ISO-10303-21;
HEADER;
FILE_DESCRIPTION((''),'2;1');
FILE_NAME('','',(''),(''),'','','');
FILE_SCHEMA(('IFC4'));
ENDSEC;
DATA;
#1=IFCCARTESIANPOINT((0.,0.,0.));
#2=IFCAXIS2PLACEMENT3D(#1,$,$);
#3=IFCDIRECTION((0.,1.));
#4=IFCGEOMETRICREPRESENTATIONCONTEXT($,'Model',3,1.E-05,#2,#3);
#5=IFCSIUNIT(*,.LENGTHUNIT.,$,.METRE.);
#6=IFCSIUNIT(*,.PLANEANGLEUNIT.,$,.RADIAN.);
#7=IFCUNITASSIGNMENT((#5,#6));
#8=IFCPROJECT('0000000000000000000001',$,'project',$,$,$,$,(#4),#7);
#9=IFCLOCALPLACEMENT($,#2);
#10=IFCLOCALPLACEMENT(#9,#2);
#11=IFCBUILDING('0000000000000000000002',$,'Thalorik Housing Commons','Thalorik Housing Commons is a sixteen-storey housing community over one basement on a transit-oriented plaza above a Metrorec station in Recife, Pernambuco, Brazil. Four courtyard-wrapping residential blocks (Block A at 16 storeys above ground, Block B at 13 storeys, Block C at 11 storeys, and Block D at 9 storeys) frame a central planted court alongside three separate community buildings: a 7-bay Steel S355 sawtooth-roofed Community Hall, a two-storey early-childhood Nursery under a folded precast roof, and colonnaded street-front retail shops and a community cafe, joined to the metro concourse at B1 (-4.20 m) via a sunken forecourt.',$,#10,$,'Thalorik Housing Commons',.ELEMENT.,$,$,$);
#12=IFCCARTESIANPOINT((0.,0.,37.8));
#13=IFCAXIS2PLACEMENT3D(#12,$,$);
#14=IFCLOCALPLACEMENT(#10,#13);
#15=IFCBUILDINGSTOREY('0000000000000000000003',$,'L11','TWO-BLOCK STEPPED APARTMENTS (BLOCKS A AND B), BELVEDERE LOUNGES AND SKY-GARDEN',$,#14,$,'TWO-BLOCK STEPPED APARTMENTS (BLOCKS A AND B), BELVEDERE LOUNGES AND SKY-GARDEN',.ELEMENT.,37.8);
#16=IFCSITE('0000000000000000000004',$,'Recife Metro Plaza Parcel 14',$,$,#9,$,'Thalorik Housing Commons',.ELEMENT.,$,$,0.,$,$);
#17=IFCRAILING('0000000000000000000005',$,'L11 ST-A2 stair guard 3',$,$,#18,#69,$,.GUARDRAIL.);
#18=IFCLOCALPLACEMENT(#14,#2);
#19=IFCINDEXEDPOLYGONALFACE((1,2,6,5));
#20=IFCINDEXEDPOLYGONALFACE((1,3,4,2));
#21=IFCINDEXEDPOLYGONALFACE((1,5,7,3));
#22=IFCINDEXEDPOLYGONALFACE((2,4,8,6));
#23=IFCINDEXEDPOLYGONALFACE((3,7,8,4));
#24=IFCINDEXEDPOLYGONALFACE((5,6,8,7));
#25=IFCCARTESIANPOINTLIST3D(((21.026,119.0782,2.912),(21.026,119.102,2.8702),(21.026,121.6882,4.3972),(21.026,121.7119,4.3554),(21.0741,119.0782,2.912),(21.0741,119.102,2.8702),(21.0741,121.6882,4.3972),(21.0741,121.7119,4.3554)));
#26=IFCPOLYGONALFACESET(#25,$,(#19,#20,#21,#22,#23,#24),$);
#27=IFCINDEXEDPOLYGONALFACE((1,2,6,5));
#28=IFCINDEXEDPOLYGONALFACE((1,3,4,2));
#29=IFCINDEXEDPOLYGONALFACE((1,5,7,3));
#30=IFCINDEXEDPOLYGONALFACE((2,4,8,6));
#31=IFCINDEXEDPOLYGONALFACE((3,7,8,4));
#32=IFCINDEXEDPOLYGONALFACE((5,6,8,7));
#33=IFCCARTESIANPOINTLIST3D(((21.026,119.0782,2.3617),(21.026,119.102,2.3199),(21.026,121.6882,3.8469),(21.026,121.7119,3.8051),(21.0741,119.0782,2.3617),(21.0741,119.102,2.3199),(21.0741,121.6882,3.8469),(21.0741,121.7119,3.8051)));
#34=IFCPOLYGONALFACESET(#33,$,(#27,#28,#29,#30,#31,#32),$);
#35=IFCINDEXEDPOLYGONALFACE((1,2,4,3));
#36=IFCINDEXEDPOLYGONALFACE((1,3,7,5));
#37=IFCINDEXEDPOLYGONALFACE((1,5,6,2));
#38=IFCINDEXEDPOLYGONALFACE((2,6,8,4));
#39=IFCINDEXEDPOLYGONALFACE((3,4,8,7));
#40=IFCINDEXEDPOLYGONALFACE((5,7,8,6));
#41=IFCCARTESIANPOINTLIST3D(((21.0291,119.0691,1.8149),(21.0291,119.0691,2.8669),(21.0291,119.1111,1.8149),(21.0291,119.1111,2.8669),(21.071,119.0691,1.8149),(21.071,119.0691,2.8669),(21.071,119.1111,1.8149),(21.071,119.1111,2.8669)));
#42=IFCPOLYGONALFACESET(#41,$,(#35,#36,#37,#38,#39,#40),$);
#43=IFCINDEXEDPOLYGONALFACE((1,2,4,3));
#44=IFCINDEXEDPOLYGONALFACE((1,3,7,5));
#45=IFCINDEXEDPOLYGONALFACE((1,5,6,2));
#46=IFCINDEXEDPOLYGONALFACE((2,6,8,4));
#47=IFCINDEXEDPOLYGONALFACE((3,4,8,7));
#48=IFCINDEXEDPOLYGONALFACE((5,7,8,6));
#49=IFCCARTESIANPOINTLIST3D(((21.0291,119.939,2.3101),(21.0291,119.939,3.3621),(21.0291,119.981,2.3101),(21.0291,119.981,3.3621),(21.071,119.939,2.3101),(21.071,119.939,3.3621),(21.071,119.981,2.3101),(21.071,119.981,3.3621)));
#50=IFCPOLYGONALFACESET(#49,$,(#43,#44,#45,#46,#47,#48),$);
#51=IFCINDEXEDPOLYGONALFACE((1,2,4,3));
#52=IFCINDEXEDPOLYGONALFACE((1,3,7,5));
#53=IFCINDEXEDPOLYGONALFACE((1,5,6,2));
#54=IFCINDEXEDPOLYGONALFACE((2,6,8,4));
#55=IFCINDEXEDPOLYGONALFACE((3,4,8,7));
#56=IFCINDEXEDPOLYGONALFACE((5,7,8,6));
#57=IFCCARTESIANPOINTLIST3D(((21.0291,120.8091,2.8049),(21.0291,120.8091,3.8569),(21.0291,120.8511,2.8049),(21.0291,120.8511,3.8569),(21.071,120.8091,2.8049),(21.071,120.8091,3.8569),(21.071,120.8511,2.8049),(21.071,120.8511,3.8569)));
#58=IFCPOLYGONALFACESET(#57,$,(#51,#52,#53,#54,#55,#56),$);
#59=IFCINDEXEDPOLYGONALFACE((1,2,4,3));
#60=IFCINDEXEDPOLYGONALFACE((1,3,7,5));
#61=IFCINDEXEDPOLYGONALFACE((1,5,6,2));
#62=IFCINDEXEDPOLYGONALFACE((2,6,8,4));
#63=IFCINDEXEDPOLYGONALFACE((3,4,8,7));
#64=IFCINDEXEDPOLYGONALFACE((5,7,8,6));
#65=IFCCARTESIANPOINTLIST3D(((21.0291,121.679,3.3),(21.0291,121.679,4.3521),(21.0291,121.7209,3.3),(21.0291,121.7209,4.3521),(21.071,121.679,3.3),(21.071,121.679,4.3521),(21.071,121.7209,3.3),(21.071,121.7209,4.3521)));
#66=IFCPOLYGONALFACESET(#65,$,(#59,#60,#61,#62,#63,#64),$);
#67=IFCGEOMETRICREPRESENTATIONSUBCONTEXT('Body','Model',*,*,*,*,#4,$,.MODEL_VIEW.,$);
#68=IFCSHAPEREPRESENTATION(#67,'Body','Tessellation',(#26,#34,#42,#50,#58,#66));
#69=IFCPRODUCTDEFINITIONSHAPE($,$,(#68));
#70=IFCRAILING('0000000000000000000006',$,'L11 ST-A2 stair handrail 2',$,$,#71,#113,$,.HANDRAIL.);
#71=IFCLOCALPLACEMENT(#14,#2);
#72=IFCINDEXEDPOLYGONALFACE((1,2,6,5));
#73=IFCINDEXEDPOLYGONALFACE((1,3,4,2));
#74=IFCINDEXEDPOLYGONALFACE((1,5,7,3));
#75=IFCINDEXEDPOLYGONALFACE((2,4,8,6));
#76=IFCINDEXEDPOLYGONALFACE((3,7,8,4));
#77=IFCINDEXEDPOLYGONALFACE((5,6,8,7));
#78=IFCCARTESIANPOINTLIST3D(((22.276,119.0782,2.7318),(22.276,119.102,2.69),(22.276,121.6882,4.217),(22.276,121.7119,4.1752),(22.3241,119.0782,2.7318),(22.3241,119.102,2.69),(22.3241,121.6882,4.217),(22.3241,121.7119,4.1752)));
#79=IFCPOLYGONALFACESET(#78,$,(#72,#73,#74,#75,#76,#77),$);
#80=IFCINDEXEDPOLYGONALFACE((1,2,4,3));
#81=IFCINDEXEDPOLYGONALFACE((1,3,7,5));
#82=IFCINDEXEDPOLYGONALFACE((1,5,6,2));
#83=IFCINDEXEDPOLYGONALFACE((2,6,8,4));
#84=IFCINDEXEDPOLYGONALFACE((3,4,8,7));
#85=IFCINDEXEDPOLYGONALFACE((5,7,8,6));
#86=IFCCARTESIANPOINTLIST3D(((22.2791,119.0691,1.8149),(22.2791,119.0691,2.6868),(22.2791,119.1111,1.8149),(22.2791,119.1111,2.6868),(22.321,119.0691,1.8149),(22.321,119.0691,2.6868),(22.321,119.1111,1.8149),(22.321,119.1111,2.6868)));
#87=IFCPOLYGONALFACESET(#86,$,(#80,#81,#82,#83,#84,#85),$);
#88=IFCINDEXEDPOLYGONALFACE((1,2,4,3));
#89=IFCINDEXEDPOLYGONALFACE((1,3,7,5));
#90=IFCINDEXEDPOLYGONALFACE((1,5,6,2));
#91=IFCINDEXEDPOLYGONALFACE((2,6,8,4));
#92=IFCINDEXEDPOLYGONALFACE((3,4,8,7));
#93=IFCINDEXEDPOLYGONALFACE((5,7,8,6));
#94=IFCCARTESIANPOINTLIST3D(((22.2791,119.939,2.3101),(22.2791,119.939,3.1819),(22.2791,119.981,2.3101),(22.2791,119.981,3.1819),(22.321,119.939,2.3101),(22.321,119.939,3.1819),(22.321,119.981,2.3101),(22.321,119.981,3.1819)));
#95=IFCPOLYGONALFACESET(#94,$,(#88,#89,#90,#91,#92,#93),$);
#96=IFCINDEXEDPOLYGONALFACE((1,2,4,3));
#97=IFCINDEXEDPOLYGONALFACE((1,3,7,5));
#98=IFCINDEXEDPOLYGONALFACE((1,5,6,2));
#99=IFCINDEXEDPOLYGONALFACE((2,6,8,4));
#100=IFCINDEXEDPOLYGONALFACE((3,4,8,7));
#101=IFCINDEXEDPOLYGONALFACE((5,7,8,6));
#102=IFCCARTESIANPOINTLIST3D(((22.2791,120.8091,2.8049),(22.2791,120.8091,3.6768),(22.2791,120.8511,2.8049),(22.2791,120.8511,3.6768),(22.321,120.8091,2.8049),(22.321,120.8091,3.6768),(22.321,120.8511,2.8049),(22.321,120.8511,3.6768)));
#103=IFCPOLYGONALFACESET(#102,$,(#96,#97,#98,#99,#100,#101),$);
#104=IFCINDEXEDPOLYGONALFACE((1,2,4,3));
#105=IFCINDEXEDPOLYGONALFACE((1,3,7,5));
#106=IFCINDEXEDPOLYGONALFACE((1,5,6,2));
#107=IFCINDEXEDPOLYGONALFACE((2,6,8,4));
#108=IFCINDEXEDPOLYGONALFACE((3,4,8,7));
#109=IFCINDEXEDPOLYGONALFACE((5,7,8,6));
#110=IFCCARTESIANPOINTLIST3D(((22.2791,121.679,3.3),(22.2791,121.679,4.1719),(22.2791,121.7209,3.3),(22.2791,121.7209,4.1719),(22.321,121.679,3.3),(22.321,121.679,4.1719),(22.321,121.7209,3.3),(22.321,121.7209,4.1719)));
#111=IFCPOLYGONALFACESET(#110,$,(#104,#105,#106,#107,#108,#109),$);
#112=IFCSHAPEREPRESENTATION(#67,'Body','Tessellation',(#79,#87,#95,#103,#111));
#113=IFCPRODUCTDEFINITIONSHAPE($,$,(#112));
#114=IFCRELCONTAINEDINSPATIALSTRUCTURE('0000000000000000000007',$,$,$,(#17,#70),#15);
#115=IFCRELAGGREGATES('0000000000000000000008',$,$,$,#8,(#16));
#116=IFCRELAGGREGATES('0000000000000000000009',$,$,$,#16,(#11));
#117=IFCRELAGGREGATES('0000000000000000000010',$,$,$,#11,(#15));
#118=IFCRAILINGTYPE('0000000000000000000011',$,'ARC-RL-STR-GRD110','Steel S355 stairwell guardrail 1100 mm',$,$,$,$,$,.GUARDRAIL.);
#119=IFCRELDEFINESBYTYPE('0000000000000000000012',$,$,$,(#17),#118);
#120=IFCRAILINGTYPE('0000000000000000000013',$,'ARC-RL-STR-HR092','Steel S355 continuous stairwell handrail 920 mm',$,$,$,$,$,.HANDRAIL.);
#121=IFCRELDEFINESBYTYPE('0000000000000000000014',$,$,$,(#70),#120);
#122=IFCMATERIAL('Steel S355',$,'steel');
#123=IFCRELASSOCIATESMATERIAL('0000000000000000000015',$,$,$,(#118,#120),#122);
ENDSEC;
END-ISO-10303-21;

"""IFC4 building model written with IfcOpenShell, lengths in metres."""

from ifc_helpers import new_model, si_unit, direction, frame, origin, origin_2d, place, context, subcontext, project, spatial, rectangle, extrude, material, type_object, element, save


model = new_model("IFC4")

# Units and contexts
model_context = context("Model", 3, precision=1e-05, world=origin(), true_north=direction((0.0, 1.0)))
body_context = subcontext(model_context, "Body", "Model", "MODEL_VIEW")
ifc_project = project(units=[si_unit("LENGTHUNIT", "METRE"), si_unit("PLANEANGLEUNIT", "RADIAN")], contexts=[model_context])

# Site, building, storey
site_placement = place(None, origin())
site = spatial("IfcSite", under=ifc_project, at=site_placement, Name="Recife Metro Plaza Parcel 14", LongName="Thalorik Housing Commons", CompositionType="ELEMENT", RefElevation=0.0)
building_placement = place(site_placement, origin())
building = spatial("IfcBuilding", under=site, at=building_placement, Name="Thalorik Housing Commons", Description="Thalorik Housing Commons is a sixteen-storey housing community over one basement on a transit-oriented plaza above a Metrorec station in Recife, Pernambuco, Brazil. Four courtyard-wrapping residential blocks (Block A at 16 storeys above ground, Block B at 13 storeys, Block C at 11 storeys, and Block D at 9 storeys) frame a central planted court alongside three separate community buildings: a 7-bay Steel S355 sawtooth-roofed Community Hall, a two-storey early-childhood Nursery under a folded precast roof, and colonnaded street-front retail shops and a community cafe, joined to the metro concourse at B1 (-4.20 m) via a sunken forecourt.", LongName="Thalorik Housing Commons", CompositionType="ELEMENT")
storey_placement = place(building_placement, frame((0.0, 0.0, 37.8)))
storey = spatial("IfcBuildingStorey", under=building, at=storey_placement, Name="L11", Description="TWO-BLOCK STEPPED APARTMENTS (BLOCKS A AND B), BELVEDERE LOUNGES AND SKY-GARDEN", LongName="TWO-BLOCK STEPPED APARTMENTS (BLOCKS A AND B), BELVEDERE LOUNGES AND SKY-GARDEN", CompositionType="ELEMENT", Elevation=37.8)

# Shared definitions
ifc_material_1 = material(Name="Steel S355", Category="steel")

# Railings
railing_type_1 = type_object("IfcRailingType", Name="ARC-RL-STR-GRD110", Description="Steel S355 stairwell guardrail 1100 mm", PredefinedType="GUARDRAIL", material=ifc_material_1)
railing_1_placement = place(storey_placement, frame((21.05, 119.0901, 1.8149)))
element("IfcRailing", 1, at=railing_1_placement, inside=storey, type_object=railing_type_1, Name="L11 ST-A2 stair guard 3", PredefinedType="GUARDRAIL", context=body_context, shape_type="SweptSolid", body=[
    extrude(rectangle(XDim=0.0481, YDim=0.0481, at=origin_2d()), frame((0.0, 0.0, 1.0762), z_axis=(0.0, 0.869137, 0.494571), x_axis=(-1.0, 0.0, 0.0)), (0.0, 0.0, 1.0), 3.0029),
    extrude(rectangle(XDim=0.0481, YDim=0.0481, at=origin_2d()), frame((0.0, 0.0, 0.5259), z_axis=(0.0, 0.869137, 0.494571), x_axis=(-1.0, 0.0, 0.0)), (0.0, 0.0, 1.0), 3.0029),
    extrude(rectangle(XDim=0.042, YDim=0.042, at=origin_2d()), origin(), (0.0, 0.0, 1.0), 1.052),
    extrude(rectangle(XDim=0.042, YDim=0.042, at=origin_2d()), frame((0.0, 0.8699, 0.4951)), (0.0, 0.0, 1.0), 1.052),
    extrude(rectangle(XDim=0.042, YDim=0.042, at=origin_2d()), frame((0.0, 1.74, 0.99)), (0.0, 0.0, 1.0), 1.052),
    extrude(rectangle(XDim=0.042, YDim=0.042, at=origin_2d()), frame((0.0, 2.6099, 1.4851)), (0.0, 0.0, 1.0), 1.052),
])
railing_type_2 = type_object("IfcRailingType", Name="ARC-RL-STR-HR092", Description="Steel S355 continuous stairwell handrail 920 mm", PredefinedType="HANDRAIL", material=ifc_material_1)
railing_2_placement = place(storey_placement, frame((22.3, 119.0901, 1.8149)))
element("IfcRailing", 2, at=railing_2_placement, inside=storey, type_object=railing_type_2, Name="L11 ST-A2 stair handrail 2", PredefinedType="HANDRAIL", context=body_context, shape_type="SweptSolid", body=[
    extrude(rectangle(XDim=0.0481, YDim=0.0481, at=origin_2d()), frame((0.0, 0.0, 0.896), z_axis=(0.0, 0.869137, 0.494571), x_axis=(-1.0, 0.0, 0.0)), (0.0, 0.0, 1.0), 3.0029),
    extrude(rectangle(XDim=0.042, YDim=0.042, at=origin_2d()), origin(), (0.0, 0.0, 1.0), 0.8718),
    extrude(rectangle(XDim=0.042, YDim=0.042, at=origin_2d()), frame((0.0, 0.8699, 0.4951)), (0.0, 0.0, 1.0), 0.8718),
    extrude(rectangle(XDim=0.042, YDim=0.042, at=origin_2d()), frame((0.0, 1.74, 0.99)), (0.0, 0.0, 1.0), 0.8718),
    extrude(rectangle(XDim=0.042, YDim=0.042, at=origin_2d()), frame((0.0, 2.6099, 1.4851)), (0.0, 0.0, 1.0), 0.8718),
])

save(model, "model.ifc")
